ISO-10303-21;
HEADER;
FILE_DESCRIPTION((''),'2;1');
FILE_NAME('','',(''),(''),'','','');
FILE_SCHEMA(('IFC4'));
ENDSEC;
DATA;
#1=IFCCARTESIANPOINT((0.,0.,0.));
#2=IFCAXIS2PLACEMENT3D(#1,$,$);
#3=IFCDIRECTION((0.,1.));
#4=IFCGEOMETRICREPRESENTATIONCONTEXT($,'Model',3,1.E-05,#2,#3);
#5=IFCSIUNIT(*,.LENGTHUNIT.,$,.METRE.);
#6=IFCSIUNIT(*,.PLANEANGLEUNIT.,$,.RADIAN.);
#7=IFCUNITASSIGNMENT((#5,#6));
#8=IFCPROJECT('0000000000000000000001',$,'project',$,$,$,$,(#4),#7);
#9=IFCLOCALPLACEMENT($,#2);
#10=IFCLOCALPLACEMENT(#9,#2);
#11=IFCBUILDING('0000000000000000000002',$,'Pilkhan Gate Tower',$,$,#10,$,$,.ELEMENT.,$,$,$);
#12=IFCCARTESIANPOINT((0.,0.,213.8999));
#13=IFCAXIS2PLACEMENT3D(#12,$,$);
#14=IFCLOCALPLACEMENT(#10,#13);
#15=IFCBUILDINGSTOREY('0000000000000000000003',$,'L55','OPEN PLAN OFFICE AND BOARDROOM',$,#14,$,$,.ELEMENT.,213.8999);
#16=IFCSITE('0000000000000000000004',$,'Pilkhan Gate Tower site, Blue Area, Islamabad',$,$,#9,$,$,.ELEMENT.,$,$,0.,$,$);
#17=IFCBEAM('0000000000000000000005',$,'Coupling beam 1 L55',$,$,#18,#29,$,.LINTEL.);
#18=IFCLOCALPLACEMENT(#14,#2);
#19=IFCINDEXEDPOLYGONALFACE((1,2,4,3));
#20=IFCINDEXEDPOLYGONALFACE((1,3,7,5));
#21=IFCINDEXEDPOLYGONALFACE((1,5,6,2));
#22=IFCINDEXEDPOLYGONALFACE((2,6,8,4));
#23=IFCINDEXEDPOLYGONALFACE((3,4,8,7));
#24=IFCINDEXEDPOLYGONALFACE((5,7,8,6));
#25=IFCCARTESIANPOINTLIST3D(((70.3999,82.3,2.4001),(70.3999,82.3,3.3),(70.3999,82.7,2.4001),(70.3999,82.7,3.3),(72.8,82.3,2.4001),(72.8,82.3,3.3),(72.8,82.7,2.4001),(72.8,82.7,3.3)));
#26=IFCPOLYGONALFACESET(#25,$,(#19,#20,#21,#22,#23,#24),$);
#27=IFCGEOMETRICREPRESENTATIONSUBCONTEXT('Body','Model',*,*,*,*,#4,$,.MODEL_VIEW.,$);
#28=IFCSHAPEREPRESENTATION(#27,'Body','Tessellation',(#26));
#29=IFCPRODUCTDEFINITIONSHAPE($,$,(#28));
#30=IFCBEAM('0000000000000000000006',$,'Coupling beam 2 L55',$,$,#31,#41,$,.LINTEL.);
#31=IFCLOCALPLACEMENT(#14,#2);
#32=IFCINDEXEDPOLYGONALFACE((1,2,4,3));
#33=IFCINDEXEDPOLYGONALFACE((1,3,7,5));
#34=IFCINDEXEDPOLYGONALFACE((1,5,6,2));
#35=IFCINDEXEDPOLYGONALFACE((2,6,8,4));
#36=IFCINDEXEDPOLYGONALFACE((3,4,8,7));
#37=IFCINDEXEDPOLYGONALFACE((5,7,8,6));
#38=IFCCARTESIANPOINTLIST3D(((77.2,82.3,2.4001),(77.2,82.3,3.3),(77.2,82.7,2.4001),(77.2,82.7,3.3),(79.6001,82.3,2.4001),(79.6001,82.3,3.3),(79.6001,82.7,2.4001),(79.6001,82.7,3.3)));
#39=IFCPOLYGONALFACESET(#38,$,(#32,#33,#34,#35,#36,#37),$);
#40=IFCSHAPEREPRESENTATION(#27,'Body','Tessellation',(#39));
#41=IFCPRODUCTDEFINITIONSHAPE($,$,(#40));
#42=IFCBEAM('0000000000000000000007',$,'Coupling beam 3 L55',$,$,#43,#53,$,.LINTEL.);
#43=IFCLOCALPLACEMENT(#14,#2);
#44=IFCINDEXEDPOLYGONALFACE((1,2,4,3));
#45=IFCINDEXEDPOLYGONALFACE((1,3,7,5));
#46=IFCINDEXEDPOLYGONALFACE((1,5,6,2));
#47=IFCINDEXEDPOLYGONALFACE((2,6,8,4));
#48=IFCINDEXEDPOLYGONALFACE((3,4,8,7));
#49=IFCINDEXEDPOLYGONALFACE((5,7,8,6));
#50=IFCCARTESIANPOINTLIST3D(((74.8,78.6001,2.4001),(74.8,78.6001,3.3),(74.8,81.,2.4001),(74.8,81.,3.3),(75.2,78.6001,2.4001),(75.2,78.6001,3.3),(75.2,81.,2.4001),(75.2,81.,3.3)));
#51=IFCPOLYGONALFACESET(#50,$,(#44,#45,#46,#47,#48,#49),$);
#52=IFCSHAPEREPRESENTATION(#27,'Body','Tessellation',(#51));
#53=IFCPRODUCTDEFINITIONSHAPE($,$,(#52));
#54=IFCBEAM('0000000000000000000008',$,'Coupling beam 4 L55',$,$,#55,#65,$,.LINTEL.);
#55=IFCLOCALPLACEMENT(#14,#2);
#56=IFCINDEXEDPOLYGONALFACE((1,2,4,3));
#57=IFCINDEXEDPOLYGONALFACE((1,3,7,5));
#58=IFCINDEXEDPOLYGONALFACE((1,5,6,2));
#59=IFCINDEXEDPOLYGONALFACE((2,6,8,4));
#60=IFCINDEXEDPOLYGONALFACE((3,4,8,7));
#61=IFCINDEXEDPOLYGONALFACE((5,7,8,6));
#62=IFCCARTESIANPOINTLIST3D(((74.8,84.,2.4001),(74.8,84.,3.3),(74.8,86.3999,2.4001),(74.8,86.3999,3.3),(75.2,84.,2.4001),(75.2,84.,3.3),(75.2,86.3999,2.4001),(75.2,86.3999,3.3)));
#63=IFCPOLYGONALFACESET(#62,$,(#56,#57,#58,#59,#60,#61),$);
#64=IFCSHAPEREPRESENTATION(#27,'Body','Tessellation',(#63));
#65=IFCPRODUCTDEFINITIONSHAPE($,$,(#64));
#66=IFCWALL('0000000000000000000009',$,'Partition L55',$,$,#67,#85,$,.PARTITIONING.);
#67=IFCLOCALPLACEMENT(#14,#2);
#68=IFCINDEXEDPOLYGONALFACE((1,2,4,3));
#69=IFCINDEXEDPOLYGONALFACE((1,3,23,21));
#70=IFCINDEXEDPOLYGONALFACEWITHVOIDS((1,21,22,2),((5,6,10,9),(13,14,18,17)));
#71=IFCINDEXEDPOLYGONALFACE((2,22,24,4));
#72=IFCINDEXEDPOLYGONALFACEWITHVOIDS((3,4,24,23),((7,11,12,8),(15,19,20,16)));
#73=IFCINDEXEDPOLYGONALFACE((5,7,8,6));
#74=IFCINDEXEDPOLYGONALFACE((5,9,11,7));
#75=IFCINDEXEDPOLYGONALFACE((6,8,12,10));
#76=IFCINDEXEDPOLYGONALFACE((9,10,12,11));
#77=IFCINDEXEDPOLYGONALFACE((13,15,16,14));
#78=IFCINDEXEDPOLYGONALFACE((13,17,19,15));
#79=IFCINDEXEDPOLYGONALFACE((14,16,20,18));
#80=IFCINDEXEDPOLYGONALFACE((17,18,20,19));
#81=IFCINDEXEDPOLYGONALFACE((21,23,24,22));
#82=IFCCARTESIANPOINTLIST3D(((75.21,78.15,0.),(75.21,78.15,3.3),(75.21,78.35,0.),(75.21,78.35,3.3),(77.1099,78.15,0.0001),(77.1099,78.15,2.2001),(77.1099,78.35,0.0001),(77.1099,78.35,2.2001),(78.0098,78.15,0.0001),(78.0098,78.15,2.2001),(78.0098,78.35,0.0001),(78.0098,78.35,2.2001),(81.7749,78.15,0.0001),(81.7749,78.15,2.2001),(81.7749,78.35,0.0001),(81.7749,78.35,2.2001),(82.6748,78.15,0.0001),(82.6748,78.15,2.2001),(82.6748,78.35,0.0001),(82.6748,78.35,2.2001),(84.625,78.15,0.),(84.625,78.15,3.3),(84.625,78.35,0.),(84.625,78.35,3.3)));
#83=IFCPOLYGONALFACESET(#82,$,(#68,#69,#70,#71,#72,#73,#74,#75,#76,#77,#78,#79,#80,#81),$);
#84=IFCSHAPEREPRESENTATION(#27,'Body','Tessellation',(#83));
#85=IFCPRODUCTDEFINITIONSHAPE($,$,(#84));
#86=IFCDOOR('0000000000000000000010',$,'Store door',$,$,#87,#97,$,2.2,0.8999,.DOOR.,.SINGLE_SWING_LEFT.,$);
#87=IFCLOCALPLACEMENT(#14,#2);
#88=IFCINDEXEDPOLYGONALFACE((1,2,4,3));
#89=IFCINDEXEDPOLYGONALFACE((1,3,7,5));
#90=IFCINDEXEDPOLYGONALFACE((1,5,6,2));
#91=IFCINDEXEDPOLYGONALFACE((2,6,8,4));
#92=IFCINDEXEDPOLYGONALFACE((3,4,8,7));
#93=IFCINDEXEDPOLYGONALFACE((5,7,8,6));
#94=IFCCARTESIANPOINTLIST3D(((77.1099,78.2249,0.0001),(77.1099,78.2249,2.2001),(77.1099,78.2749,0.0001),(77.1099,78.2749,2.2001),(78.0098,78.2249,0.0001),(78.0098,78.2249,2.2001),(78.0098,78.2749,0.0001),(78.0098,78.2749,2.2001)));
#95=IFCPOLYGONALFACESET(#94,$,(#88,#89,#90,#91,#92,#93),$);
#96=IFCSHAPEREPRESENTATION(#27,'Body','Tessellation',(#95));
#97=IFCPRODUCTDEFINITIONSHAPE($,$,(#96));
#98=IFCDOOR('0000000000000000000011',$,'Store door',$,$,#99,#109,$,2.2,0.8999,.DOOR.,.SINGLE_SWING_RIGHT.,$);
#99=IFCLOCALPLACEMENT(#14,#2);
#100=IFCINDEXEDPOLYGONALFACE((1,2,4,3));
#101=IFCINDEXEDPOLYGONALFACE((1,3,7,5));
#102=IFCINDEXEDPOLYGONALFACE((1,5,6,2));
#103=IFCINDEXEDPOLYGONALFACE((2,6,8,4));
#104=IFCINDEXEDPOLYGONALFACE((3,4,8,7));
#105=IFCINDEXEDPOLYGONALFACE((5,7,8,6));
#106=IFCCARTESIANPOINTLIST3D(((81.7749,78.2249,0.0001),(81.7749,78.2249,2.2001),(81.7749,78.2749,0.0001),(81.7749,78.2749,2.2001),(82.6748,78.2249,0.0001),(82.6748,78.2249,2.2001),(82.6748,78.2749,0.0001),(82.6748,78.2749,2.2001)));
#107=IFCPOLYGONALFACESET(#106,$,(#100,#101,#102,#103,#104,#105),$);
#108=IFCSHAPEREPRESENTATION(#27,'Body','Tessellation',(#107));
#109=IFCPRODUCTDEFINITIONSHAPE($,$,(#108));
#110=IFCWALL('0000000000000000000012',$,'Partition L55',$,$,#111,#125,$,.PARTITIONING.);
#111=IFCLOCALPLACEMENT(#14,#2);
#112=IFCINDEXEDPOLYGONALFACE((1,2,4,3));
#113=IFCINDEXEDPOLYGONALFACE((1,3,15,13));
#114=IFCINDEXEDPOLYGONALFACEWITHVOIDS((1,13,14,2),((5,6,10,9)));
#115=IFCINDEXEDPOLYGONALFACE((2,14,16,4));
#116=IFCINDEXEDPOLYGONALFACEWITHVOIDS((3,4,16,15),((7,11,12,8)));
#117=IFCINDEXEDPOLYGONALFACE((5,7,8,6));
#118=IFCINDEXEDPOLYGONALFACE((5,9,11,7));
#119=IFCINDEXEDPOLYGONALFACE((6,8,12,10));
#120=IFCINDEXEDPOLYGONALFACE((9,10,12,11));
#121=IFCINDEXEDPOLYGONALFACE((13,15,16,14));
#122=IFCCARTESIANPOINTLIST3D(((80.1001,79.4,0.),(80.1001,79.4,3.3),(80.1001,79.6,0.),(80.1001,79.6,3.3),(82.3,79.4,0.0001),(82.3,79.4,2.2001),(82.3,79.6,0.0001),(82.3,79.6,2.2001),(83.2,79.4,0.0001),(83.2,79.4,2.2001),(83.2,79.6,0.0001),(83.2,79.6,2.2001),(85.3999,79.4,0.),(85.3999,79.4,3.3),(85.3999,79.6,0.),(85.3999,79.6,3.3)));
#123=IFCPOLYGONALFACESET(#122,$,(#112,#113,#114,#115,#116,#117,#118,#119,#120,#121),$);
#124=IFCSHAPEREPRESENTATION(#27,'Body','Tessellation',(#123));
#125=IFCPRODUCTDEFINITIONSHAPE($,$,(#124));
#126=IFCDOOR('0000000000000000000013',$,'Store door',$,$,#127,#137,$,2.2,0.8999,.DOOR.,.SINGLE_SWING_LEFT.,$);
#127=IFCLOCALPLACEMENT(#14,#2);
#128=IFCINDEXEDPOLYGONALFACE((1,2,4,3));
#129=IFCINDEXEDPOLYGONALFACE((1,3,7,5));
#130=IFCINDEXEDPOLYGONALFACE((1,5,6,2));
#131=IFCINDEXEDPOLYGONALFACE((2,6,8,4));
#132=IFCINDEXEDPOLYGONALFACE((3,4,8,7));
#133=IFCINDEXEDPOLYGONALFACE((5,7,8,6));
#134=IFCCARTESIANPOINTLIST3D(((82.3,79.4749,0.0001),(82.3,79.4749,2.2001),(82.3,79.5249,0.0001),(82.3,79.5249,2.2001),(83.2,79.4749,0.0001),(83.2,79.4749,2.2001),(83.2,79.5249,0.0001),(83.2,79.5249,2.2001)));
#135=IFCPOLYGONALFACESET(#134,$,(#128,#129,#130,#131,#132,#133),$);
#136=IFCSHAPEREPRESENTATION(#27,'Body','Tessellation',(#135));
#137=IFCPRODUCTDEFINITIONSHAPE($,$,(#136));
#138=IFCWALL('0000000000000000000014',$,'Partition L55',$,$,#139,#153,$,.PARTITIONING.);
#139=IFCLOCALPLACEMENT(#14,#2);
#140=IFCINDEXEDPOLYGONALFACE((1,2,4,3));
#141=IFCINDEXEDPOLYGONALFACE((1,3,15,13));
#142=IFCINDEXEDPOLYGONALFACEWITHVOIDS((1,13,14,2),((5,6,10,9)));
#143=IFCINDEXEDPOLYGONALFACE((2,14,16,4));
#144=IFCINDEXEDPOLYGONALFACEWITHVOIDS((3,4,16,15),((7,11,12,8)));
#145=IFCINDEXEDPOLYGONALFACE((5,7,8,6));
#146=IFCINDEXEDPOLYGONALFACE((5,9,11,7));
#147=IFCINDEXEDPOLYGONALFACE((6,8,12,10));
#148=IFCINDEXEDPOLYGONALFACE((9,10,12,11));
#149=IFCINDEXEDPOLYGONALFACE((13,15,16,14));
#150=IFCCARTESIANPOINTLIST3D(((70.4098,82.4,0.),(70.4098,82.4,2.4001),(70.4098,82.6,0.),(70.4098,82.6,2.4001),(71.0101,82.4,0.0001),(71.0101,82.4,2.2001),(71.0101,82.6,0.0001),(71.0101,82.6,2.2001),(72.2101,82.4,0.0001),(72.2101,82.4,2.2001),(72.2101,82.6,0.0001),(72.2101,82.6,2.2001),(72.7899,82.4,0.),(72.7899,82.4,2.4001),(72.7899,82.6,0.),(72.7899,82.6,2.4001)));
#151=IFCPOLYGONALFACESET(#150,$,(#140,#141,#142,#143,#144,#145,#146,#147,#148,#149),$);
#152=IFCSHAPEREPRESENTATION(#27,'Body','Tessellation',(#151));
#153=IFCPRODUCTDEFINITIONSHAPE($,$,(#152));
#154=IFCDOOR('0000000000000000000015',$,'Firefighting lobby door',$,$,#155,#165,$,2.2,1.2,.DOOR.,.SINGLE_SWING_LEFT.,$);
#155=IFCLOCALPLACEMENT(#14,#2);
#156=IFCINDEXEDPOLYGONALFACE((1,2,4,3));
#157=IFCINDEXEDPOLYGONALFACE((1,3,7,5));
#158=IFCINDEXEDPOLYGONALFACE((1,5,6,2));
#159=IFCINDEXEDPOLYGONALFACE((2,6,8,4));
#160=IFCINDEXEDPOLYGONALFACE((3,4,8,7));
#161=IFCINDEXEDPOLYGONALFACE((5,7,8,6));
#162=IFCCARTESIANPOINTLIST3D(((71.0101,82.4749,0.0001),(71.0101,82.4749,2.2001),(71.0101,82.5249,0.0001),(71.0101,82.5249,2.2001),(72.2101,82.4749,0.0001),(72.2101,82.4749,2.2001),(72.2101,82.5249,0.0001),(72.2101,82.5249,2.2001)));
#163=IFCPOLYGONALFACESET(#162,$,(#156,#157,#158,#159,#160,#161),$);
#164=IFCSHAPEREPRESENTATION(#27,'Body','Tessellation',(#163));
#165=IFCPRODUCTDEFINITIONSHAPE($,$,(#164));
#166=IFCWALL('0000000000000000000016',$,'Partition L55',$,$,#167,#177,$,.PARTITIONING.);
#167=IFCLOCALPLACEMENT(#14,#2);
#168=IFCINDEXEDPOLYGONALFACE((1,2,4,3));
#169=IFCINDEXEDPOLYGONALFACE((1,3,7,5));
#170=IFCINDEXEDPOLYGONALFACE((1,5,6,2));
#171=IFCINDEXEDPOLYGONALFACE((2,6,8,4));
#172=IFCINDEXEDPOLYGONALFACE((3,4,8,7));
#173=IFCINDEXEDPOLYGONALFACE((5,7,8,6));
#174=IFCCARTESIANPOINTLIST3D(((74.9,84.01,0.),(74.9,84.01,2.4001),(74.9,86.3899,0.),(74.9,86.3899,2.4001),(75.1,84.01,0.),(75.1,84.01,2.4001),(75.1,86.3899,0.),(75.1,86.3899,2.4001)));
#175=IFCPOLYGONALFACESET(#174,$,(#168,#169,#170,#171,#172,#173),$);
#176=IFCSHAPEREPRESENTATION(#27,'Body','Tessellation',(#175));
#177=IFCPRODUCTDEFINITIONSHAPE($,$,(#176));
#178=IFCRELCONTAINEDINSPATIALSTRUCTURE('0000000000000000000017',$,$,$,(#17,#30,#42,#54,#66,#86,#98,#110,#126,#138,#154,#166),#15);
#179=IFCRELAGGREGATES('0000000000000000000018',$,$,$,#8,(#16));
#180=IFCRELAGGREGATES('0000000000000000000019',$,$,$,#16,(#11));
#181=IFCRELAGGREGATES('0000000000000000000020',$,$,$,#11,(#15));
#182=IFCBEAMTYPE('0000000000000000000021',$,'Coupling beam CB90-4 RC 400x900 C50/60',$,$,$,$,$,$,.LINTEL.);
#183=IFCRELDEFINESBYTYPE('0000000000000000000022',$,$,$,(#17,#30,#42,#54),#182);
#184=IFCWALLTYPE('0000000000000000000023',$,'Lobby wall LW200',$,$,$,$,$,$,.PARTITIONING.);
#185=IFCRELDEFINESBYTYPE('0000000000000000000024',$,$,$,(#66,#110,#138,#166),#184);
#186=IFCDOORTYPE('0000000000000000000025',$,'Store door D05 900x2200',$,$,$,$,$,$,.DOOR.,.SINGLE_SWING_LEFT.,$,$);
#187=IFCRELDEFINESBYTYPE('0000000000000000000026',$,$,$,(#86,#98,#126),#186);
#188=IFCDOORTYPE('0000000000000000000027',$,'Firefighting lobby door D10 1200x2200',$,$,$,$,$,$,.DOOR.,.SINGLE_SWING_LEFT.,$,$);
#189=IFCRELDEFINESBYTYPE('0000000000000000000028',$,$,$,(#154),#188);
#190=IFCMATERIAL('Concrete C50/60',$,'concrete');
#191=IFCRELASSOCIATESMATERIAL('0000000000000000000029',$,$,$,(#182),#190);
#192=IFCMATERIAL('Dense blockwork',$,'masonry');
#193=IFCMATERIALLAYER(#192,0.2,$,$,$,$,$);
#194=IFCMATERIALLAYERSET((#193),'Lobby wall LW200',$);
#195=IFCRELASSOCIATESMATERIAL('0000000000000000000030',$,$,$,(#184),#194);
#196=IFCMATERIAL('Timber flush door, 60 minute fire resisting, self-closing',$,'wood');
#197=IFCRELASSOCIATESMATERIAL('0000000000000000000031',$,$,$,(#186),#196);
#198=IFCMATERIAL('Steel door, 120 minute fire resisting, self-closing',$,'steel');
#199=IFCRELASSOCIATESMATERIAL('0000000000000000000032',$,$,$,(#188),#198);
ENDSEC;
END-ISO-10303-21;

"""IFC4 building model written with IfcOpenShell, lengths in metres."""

from ifc_helpers import new_model, si_unit, direction, frame, frame_2d, origin, origin_2d, place, context, subcontext, project, spatial, rectangle, extrude, material, layer, layer_set, material_profile, profile_set, type_object, element, fill, save


model = new_model("IFC4")

# Units and contexts
model_context = context("Model", 3, precision=1e-05, world=origin(), true_north=direction((0.0, 1.0)))
body_context = subcontext(model_context, "Body", "Model", "MODEL_VIEW")
ifc_project = project(units=[si_unit("LENGTHUNIT", "METRE"), si_unit("PLANEANGLEUNIT", "RADIAN")], contexts=[model_context])

# Site, building, storey
site_placement = place(None, origin())
site = spatial("IfcSite", under=ifc_project, at=site_placement, Name="Pilkhan Gate Tower site, Blue Area, Islamabad", CompositionType="ELEMENT", RefElevation=0.0)
building_placement = place(site_placement, origin())
building = spatial("IfcBuilding", under=site, at=building_placement, Name="Pilkhan Gate Tower", CompositionType="ELEMENT")
storey_placement = place(building_placement, frame((0.0, 0.0, 213.8999)))
storey = spatial("IfcBuildingStorey", under=building, at=storey_placement, Name="L55", Description="OPEN PLAN OFFICE AND BOARDROOM", CompositionType="ELEMENT", Elevation=213.8999)

# Beams
ifc_material_1 = material(Name="Concrete C50/60", Category="concrete")
ifc_material_profile = material_profile(ifc_material_1, rectangle(XDim=0.3999, YDim=0.8999, at=origin_2d()), Name="RC 400x900")
ifc_profile_set = profile_set([ifc_material_profile], Name="Concrete C50/60")
beam_type = type_object("IfcBeamType", Name="Coupling beam CB90-4 RC 400x900 C50/60", PredefinedType="LINTEL", material=ifc_profile_set)
for number, where, z_axis, x_axis, name in (
    (1, (70.3999, 82.5, 2.8501), (1.0, 0.0, 0.0), (0.0, 1.0, 0.0), "Coupling beam 1 L55"),
    (2, (77.2, 82.5, 2.8501), (1.0, 0.0, 0.0), (0.0, 1.0, 0.0), "Coupling beam 2 L55"),
):
    element("IfcBeam", number, at=place(storey_placement, frame(where, z_axis=z_axis, x_axis=x_axis)), inside=storey, type_object=beam_type, Name=name, PredefinedType="LINTEL", context=body_context, shape_type="SweptSolid", body=[
        extrude(rectangle(XDim=0.3999, YDim=0.8999, at=origin_2d()), origin(), (0.0, 0.0, 1.0), 2.4001),
    ])
for number, where, z_axis, x_axis, name in (
    (3, (75.0, 78.6001, 2.8501), (0.0, 1.0, 0.0), (-1.0, 0.0, 0.0), "Coupling beam 3 L55"),
    (4, (75.0, 84.0, 2.8501), (0.0, 1.0, 0.0), (-1.0, 0.0, 0.0), "Coupling beam 4 L55"),
):
    element("IfcBeam", number, at=place(storey_placement, frame(where, z_axis=z_axis, x_axis=x_axis)), inside=storey, type_object=beam_type, Name=name, PredefinedType="LINTEL", context=body_context, shape_type="SweptSolid", body=[
        extrude(rectangle(XDim=0.3999, YDim=0.8999, at=origin_2d()), origin(), (0.0, 0.0, 1.0), 2.3999),
    ])

# Wall, openings, doors
ifc_material_2 = material(Name="Dense blockwork", Category="masonry")
ifc_layer_1 = layer(ifc_material_2, 0.2)
ifc_layer_set_1 = layer_set([ifc_layer_1], Name="Lobby wall LW200")
wall_type_1 = type_object("IfcWallType", Name="Lobby wall LW200", PredefinedType="PARTITIONING", material=ifc_layer_set_1)
wall_1_placement = place(storey_placement, frame((75.21, 78.25, 0.0), z_axis=(0.0, 0.0, 1.0), x_axis=(1.0, 0.0, 0.0)))
wall_1 = element("IfcWall", 5, at=wall_1_placement, inside=storey, type_object=wall_type_1, Name="Partition L55", PredefinedType="PARTITIONING", context=body_context, shape_type="SweptSolid", body=[
    extrude(rectangle(XDim=9.415, YDim=0.2, at=frame_2d((4.7075, 0.0))), origin(), (0.0, 0.0, 1.0), 3.3),
])
opening_1_placement = place(wall_1_placement, frame((1.8999, 0.0, 0.0)))
opening_1 = element("IfcOpeningElement", 6, at=opening_1_placement, cuts=wall_1, PredefinedType="OPENING", context=body_context, shape_type="SweptSolid", body=[
    extrude(rectangle(XDim=0.8999, YDim=2.2, at=frame_2d((0.45, 1.1001))), frame((0.0, 0.1099, 0.0), z_axis=(0.0, -1.0, 0.0), x_axis=(1.0, 0.0, 0.0)), (0.0, 0.0, 1.0), 0.22),
])
opening_2_placement = place(wall_1_placement, frame((6.5649, 0.0, 0.0)))
opening_2 = element("IfcOpeningElement", 7, at=opening_2_placement, cuts=wall_1, PredefinedType="OPENING", context=body_context, shape_type="SweptSolid", body=[
    extrude(rectangle(XDim=0.8999, YDim=2.2, at=frame_2d((0.45, 1.1001))), frame((0.0, 0.1099, 0.0), z_axis=(0.0, -1.0, 0.0), x_axis=(1.0, 0.0, 0.0)), (0.0, 0.0, 1.0), 0.22),
])
ifc_material_3 = material(Name="Timber flush door, 60 minute fire resisting, self-closing", Category="wood")
door_type_1 = type_object("IfcDoorType", Name="Store door D05 900x2200", OperationType="SINGLE_SWING_LEFT", PredefinedType="DOOR", material=ifc_material_3)
door_1_placement = place(opening_1_placement, origin())
door_1 = element("IfcDoor", 8, at=door_1_placement, inside=storey, type_object=door_type_1, Name="Store door", OperationType="SINGLE_SWING_LEFT", OverallHeight=2.2, OverallWidth=0.8999, PredefinedType="DOOR", context=body_context, shape_type="SweptSolid", body=[
    extrude(rectangle(XDim=0.8999, YDim=2.2, at=frame_2d((0.45, 1.1001))), frame((0.0, 0.0249, 0.0), z_axis=(0.0, -1.0, 0.0), x_axis=(1.0, 0.0, 0.0)), (0.0, 0.0, 1.0), 0.05),
])
fill(opening_1, door_1)
door_2_placement = place(opening_2_placement, origin())
door_2 = element("IfcDoor", 9, at=door_2_placement, inside=storey, type_object=door_type_1, Name="Store door", OperationType="SINGLE_SWING_RIGHT", OverallHeight=2.2, OverallWidth=0.8999, PredefinedType="DOOR", context=body_context, shape_type="SweptSolid", body=[
    extrude(rectangle(XDim=0.8999, YDim=2.2, at=frame_2d((0.45, 1.1001))), frame((0.0, 0.0249, 0.0), z_axis=(0.0, -1.0, 0.0), x_axis=(1.0, 0.0, 0.0)), (0.0, 0.0, 1.0), 0.05),
])
fill(opening_2, door_2)

# Walls, openings, doors
wall_2_placement = place(storey_placement, frame((80.1001, 79.5, 0.0), z_axis=(0.0, 0.0, 1.0), x_axis=(1.0, 0.0, 0.0)))
wall_2 = element("IfcWall", 10, at=wall_2_placement, inside=storey, type_object=wall_type_1, Name="Partition L55", PredefinedType="PARTITIONING", context=body_context, shape_type="SweptSolid", body=[
    extrude(rectangle(XDim=5.2998, YDim=0.2, at=frame_2d((2.6499, 0.0))), origin(), (0.0, 0.0, 1.0), 3.3),
])
opening_3_placement = place(wall_2_placement, frame((2.2, 0.0, 0.0)))
opening_3 = element("IfcOpeningElement", 11, at=opening_3_placement, cuts=wall_2, PredefinedType="OPENING", context=body_context, shape_type="SweptSolid", body=[
    extrude(rectangle(XDim=0.8999, YDim=2.2, at=frame_2d((0.45, 1.1001))), frame((0.0, 0.1099, 0.0), z_axis=(0.0, -1.0, 0.0), x_axis=(1.0, 0.0, 0.0)), (0.0, 0.0, 1.0), 0.22),
])
door_3_placement = place(opening_3_placement, origin())
door_3 = element("IfcDoor", 12, at=door_3_placement, inside=storey, type_object=door_type_1, Name="Store door", OperationType="SINGLE_SWING_LEFT", OverallHeight=2.2, OverallWidth=0.8999, PredefinedType="DOOR", context=body_context, shape_type="SweptSolid", body=[
    extrude(rectangle(XDim=0.8999, YDim=2.2, at=frame_2d((0.45, 1.1001))), frame((0.0, 0.0249, 0.0), z_axis=(0.0, -1.0, 0.0), x_axis=(1.0, 0.0, 0.0)), (0.0, 0.0, 1.0), 0.05),
])
fill(opening_3, door_3)
wall_3_placement = place(storey_placement, frame((70.4099, 82.5, 0.0), z_axis=(0.0, 0.0, 1.0), x_axis=(1.0, 0.0, 0.0)))
wall_3 = element("IfcWall", 13, at=wall_3_placement, inside=storey, type_object=wall_type_1, Name="Partition L55", PredefinedType="PARTITIONING", context=body_context, shape_type="SweptSolid", body=[
    extrude(rectangle(XDim=2.3801, YDim=0.2, at=frame_2d((1.1899, 0.0))), origin(), (0.0, 0.0, 1.0), 2.4001),
])
opening_4_placement = place(wall_3_placement, frame((0.6001, 0.0, 0.0)))
opening_4 = element("IfcOpeningElement", 14, at=opening_4_placement, cuts=wall_3, PredefinedType="OPENING", context=body_context, shape_type="SweptSolid", body=[
    extrude(rectangle(XDim=1.2, YDim=2.2, at=frame_2d((0.6001, 1.1001))), frame((0.0, 0.1099, 0.0), z_axis=(0.0, -1.0, 0.0), x_axis=(1.0, 0.0, 0.0)), (0.0, 0.0, 1.0), 0.22),
])
ifc_material_4 = material(Name="Steel door, 120 minute fire resisting, self-closing", Category="steel")
door_type_2 = type_object("IfcDoorType", Name="Firefighting lobby door D10 1200x2200", OperationType="SINGLE_SWING_LEFT", PredefinedType="DOOR", material=ifc_material_4)
door_4_placement = place(opening_4_placement, origin())
door_4 = element("IfcDoor", 15, at=door_4_placement, inside=storey, type_object=door_type_2, Name="Firefighting lobby door", OperationType="SINGLE_SWING_LEFT", OverallHeight=2.2, OverallWidth=1.2, PredefinedType="DOOR", context=body_context, shape_type="SweptSolid", body=[
    extrude(rectangle(XDim=1.2, YDim=2.2, at=frame_2d((0.6001, 1.1001))), frame((0.0, 0.0249, 0.0), z_axis=(0.0, -1.0, 0.0), x_axis=(1.0, 0.0, 0.0)), (0.0, 0.0, 1.0), 0.05),
])
fill(opening_4, door_4)

# Wall
wall_4_placement = place(storey_placement, frame((75.0, 84.01, 0.0), z_axis=(0.0, 0.0, 1.0), x_axis=(0.0, 1.0, 0.0)))
element("IfcWall", 16, at=wall_4_placement, inside=storey, type_object=wall_type_1, Name="Partition L55", PredefinedType="PARTITIONING", context=body_context, shape_type="SweptSolid", body=[
    extrude(rectangle(XDim=2.3799, YDim=0.2, at=frame_2d((1.1899, 0.0))), origin(), (0.0, 0.0, 1.0), 2.4001),
])

save(model, "model.ifc")
